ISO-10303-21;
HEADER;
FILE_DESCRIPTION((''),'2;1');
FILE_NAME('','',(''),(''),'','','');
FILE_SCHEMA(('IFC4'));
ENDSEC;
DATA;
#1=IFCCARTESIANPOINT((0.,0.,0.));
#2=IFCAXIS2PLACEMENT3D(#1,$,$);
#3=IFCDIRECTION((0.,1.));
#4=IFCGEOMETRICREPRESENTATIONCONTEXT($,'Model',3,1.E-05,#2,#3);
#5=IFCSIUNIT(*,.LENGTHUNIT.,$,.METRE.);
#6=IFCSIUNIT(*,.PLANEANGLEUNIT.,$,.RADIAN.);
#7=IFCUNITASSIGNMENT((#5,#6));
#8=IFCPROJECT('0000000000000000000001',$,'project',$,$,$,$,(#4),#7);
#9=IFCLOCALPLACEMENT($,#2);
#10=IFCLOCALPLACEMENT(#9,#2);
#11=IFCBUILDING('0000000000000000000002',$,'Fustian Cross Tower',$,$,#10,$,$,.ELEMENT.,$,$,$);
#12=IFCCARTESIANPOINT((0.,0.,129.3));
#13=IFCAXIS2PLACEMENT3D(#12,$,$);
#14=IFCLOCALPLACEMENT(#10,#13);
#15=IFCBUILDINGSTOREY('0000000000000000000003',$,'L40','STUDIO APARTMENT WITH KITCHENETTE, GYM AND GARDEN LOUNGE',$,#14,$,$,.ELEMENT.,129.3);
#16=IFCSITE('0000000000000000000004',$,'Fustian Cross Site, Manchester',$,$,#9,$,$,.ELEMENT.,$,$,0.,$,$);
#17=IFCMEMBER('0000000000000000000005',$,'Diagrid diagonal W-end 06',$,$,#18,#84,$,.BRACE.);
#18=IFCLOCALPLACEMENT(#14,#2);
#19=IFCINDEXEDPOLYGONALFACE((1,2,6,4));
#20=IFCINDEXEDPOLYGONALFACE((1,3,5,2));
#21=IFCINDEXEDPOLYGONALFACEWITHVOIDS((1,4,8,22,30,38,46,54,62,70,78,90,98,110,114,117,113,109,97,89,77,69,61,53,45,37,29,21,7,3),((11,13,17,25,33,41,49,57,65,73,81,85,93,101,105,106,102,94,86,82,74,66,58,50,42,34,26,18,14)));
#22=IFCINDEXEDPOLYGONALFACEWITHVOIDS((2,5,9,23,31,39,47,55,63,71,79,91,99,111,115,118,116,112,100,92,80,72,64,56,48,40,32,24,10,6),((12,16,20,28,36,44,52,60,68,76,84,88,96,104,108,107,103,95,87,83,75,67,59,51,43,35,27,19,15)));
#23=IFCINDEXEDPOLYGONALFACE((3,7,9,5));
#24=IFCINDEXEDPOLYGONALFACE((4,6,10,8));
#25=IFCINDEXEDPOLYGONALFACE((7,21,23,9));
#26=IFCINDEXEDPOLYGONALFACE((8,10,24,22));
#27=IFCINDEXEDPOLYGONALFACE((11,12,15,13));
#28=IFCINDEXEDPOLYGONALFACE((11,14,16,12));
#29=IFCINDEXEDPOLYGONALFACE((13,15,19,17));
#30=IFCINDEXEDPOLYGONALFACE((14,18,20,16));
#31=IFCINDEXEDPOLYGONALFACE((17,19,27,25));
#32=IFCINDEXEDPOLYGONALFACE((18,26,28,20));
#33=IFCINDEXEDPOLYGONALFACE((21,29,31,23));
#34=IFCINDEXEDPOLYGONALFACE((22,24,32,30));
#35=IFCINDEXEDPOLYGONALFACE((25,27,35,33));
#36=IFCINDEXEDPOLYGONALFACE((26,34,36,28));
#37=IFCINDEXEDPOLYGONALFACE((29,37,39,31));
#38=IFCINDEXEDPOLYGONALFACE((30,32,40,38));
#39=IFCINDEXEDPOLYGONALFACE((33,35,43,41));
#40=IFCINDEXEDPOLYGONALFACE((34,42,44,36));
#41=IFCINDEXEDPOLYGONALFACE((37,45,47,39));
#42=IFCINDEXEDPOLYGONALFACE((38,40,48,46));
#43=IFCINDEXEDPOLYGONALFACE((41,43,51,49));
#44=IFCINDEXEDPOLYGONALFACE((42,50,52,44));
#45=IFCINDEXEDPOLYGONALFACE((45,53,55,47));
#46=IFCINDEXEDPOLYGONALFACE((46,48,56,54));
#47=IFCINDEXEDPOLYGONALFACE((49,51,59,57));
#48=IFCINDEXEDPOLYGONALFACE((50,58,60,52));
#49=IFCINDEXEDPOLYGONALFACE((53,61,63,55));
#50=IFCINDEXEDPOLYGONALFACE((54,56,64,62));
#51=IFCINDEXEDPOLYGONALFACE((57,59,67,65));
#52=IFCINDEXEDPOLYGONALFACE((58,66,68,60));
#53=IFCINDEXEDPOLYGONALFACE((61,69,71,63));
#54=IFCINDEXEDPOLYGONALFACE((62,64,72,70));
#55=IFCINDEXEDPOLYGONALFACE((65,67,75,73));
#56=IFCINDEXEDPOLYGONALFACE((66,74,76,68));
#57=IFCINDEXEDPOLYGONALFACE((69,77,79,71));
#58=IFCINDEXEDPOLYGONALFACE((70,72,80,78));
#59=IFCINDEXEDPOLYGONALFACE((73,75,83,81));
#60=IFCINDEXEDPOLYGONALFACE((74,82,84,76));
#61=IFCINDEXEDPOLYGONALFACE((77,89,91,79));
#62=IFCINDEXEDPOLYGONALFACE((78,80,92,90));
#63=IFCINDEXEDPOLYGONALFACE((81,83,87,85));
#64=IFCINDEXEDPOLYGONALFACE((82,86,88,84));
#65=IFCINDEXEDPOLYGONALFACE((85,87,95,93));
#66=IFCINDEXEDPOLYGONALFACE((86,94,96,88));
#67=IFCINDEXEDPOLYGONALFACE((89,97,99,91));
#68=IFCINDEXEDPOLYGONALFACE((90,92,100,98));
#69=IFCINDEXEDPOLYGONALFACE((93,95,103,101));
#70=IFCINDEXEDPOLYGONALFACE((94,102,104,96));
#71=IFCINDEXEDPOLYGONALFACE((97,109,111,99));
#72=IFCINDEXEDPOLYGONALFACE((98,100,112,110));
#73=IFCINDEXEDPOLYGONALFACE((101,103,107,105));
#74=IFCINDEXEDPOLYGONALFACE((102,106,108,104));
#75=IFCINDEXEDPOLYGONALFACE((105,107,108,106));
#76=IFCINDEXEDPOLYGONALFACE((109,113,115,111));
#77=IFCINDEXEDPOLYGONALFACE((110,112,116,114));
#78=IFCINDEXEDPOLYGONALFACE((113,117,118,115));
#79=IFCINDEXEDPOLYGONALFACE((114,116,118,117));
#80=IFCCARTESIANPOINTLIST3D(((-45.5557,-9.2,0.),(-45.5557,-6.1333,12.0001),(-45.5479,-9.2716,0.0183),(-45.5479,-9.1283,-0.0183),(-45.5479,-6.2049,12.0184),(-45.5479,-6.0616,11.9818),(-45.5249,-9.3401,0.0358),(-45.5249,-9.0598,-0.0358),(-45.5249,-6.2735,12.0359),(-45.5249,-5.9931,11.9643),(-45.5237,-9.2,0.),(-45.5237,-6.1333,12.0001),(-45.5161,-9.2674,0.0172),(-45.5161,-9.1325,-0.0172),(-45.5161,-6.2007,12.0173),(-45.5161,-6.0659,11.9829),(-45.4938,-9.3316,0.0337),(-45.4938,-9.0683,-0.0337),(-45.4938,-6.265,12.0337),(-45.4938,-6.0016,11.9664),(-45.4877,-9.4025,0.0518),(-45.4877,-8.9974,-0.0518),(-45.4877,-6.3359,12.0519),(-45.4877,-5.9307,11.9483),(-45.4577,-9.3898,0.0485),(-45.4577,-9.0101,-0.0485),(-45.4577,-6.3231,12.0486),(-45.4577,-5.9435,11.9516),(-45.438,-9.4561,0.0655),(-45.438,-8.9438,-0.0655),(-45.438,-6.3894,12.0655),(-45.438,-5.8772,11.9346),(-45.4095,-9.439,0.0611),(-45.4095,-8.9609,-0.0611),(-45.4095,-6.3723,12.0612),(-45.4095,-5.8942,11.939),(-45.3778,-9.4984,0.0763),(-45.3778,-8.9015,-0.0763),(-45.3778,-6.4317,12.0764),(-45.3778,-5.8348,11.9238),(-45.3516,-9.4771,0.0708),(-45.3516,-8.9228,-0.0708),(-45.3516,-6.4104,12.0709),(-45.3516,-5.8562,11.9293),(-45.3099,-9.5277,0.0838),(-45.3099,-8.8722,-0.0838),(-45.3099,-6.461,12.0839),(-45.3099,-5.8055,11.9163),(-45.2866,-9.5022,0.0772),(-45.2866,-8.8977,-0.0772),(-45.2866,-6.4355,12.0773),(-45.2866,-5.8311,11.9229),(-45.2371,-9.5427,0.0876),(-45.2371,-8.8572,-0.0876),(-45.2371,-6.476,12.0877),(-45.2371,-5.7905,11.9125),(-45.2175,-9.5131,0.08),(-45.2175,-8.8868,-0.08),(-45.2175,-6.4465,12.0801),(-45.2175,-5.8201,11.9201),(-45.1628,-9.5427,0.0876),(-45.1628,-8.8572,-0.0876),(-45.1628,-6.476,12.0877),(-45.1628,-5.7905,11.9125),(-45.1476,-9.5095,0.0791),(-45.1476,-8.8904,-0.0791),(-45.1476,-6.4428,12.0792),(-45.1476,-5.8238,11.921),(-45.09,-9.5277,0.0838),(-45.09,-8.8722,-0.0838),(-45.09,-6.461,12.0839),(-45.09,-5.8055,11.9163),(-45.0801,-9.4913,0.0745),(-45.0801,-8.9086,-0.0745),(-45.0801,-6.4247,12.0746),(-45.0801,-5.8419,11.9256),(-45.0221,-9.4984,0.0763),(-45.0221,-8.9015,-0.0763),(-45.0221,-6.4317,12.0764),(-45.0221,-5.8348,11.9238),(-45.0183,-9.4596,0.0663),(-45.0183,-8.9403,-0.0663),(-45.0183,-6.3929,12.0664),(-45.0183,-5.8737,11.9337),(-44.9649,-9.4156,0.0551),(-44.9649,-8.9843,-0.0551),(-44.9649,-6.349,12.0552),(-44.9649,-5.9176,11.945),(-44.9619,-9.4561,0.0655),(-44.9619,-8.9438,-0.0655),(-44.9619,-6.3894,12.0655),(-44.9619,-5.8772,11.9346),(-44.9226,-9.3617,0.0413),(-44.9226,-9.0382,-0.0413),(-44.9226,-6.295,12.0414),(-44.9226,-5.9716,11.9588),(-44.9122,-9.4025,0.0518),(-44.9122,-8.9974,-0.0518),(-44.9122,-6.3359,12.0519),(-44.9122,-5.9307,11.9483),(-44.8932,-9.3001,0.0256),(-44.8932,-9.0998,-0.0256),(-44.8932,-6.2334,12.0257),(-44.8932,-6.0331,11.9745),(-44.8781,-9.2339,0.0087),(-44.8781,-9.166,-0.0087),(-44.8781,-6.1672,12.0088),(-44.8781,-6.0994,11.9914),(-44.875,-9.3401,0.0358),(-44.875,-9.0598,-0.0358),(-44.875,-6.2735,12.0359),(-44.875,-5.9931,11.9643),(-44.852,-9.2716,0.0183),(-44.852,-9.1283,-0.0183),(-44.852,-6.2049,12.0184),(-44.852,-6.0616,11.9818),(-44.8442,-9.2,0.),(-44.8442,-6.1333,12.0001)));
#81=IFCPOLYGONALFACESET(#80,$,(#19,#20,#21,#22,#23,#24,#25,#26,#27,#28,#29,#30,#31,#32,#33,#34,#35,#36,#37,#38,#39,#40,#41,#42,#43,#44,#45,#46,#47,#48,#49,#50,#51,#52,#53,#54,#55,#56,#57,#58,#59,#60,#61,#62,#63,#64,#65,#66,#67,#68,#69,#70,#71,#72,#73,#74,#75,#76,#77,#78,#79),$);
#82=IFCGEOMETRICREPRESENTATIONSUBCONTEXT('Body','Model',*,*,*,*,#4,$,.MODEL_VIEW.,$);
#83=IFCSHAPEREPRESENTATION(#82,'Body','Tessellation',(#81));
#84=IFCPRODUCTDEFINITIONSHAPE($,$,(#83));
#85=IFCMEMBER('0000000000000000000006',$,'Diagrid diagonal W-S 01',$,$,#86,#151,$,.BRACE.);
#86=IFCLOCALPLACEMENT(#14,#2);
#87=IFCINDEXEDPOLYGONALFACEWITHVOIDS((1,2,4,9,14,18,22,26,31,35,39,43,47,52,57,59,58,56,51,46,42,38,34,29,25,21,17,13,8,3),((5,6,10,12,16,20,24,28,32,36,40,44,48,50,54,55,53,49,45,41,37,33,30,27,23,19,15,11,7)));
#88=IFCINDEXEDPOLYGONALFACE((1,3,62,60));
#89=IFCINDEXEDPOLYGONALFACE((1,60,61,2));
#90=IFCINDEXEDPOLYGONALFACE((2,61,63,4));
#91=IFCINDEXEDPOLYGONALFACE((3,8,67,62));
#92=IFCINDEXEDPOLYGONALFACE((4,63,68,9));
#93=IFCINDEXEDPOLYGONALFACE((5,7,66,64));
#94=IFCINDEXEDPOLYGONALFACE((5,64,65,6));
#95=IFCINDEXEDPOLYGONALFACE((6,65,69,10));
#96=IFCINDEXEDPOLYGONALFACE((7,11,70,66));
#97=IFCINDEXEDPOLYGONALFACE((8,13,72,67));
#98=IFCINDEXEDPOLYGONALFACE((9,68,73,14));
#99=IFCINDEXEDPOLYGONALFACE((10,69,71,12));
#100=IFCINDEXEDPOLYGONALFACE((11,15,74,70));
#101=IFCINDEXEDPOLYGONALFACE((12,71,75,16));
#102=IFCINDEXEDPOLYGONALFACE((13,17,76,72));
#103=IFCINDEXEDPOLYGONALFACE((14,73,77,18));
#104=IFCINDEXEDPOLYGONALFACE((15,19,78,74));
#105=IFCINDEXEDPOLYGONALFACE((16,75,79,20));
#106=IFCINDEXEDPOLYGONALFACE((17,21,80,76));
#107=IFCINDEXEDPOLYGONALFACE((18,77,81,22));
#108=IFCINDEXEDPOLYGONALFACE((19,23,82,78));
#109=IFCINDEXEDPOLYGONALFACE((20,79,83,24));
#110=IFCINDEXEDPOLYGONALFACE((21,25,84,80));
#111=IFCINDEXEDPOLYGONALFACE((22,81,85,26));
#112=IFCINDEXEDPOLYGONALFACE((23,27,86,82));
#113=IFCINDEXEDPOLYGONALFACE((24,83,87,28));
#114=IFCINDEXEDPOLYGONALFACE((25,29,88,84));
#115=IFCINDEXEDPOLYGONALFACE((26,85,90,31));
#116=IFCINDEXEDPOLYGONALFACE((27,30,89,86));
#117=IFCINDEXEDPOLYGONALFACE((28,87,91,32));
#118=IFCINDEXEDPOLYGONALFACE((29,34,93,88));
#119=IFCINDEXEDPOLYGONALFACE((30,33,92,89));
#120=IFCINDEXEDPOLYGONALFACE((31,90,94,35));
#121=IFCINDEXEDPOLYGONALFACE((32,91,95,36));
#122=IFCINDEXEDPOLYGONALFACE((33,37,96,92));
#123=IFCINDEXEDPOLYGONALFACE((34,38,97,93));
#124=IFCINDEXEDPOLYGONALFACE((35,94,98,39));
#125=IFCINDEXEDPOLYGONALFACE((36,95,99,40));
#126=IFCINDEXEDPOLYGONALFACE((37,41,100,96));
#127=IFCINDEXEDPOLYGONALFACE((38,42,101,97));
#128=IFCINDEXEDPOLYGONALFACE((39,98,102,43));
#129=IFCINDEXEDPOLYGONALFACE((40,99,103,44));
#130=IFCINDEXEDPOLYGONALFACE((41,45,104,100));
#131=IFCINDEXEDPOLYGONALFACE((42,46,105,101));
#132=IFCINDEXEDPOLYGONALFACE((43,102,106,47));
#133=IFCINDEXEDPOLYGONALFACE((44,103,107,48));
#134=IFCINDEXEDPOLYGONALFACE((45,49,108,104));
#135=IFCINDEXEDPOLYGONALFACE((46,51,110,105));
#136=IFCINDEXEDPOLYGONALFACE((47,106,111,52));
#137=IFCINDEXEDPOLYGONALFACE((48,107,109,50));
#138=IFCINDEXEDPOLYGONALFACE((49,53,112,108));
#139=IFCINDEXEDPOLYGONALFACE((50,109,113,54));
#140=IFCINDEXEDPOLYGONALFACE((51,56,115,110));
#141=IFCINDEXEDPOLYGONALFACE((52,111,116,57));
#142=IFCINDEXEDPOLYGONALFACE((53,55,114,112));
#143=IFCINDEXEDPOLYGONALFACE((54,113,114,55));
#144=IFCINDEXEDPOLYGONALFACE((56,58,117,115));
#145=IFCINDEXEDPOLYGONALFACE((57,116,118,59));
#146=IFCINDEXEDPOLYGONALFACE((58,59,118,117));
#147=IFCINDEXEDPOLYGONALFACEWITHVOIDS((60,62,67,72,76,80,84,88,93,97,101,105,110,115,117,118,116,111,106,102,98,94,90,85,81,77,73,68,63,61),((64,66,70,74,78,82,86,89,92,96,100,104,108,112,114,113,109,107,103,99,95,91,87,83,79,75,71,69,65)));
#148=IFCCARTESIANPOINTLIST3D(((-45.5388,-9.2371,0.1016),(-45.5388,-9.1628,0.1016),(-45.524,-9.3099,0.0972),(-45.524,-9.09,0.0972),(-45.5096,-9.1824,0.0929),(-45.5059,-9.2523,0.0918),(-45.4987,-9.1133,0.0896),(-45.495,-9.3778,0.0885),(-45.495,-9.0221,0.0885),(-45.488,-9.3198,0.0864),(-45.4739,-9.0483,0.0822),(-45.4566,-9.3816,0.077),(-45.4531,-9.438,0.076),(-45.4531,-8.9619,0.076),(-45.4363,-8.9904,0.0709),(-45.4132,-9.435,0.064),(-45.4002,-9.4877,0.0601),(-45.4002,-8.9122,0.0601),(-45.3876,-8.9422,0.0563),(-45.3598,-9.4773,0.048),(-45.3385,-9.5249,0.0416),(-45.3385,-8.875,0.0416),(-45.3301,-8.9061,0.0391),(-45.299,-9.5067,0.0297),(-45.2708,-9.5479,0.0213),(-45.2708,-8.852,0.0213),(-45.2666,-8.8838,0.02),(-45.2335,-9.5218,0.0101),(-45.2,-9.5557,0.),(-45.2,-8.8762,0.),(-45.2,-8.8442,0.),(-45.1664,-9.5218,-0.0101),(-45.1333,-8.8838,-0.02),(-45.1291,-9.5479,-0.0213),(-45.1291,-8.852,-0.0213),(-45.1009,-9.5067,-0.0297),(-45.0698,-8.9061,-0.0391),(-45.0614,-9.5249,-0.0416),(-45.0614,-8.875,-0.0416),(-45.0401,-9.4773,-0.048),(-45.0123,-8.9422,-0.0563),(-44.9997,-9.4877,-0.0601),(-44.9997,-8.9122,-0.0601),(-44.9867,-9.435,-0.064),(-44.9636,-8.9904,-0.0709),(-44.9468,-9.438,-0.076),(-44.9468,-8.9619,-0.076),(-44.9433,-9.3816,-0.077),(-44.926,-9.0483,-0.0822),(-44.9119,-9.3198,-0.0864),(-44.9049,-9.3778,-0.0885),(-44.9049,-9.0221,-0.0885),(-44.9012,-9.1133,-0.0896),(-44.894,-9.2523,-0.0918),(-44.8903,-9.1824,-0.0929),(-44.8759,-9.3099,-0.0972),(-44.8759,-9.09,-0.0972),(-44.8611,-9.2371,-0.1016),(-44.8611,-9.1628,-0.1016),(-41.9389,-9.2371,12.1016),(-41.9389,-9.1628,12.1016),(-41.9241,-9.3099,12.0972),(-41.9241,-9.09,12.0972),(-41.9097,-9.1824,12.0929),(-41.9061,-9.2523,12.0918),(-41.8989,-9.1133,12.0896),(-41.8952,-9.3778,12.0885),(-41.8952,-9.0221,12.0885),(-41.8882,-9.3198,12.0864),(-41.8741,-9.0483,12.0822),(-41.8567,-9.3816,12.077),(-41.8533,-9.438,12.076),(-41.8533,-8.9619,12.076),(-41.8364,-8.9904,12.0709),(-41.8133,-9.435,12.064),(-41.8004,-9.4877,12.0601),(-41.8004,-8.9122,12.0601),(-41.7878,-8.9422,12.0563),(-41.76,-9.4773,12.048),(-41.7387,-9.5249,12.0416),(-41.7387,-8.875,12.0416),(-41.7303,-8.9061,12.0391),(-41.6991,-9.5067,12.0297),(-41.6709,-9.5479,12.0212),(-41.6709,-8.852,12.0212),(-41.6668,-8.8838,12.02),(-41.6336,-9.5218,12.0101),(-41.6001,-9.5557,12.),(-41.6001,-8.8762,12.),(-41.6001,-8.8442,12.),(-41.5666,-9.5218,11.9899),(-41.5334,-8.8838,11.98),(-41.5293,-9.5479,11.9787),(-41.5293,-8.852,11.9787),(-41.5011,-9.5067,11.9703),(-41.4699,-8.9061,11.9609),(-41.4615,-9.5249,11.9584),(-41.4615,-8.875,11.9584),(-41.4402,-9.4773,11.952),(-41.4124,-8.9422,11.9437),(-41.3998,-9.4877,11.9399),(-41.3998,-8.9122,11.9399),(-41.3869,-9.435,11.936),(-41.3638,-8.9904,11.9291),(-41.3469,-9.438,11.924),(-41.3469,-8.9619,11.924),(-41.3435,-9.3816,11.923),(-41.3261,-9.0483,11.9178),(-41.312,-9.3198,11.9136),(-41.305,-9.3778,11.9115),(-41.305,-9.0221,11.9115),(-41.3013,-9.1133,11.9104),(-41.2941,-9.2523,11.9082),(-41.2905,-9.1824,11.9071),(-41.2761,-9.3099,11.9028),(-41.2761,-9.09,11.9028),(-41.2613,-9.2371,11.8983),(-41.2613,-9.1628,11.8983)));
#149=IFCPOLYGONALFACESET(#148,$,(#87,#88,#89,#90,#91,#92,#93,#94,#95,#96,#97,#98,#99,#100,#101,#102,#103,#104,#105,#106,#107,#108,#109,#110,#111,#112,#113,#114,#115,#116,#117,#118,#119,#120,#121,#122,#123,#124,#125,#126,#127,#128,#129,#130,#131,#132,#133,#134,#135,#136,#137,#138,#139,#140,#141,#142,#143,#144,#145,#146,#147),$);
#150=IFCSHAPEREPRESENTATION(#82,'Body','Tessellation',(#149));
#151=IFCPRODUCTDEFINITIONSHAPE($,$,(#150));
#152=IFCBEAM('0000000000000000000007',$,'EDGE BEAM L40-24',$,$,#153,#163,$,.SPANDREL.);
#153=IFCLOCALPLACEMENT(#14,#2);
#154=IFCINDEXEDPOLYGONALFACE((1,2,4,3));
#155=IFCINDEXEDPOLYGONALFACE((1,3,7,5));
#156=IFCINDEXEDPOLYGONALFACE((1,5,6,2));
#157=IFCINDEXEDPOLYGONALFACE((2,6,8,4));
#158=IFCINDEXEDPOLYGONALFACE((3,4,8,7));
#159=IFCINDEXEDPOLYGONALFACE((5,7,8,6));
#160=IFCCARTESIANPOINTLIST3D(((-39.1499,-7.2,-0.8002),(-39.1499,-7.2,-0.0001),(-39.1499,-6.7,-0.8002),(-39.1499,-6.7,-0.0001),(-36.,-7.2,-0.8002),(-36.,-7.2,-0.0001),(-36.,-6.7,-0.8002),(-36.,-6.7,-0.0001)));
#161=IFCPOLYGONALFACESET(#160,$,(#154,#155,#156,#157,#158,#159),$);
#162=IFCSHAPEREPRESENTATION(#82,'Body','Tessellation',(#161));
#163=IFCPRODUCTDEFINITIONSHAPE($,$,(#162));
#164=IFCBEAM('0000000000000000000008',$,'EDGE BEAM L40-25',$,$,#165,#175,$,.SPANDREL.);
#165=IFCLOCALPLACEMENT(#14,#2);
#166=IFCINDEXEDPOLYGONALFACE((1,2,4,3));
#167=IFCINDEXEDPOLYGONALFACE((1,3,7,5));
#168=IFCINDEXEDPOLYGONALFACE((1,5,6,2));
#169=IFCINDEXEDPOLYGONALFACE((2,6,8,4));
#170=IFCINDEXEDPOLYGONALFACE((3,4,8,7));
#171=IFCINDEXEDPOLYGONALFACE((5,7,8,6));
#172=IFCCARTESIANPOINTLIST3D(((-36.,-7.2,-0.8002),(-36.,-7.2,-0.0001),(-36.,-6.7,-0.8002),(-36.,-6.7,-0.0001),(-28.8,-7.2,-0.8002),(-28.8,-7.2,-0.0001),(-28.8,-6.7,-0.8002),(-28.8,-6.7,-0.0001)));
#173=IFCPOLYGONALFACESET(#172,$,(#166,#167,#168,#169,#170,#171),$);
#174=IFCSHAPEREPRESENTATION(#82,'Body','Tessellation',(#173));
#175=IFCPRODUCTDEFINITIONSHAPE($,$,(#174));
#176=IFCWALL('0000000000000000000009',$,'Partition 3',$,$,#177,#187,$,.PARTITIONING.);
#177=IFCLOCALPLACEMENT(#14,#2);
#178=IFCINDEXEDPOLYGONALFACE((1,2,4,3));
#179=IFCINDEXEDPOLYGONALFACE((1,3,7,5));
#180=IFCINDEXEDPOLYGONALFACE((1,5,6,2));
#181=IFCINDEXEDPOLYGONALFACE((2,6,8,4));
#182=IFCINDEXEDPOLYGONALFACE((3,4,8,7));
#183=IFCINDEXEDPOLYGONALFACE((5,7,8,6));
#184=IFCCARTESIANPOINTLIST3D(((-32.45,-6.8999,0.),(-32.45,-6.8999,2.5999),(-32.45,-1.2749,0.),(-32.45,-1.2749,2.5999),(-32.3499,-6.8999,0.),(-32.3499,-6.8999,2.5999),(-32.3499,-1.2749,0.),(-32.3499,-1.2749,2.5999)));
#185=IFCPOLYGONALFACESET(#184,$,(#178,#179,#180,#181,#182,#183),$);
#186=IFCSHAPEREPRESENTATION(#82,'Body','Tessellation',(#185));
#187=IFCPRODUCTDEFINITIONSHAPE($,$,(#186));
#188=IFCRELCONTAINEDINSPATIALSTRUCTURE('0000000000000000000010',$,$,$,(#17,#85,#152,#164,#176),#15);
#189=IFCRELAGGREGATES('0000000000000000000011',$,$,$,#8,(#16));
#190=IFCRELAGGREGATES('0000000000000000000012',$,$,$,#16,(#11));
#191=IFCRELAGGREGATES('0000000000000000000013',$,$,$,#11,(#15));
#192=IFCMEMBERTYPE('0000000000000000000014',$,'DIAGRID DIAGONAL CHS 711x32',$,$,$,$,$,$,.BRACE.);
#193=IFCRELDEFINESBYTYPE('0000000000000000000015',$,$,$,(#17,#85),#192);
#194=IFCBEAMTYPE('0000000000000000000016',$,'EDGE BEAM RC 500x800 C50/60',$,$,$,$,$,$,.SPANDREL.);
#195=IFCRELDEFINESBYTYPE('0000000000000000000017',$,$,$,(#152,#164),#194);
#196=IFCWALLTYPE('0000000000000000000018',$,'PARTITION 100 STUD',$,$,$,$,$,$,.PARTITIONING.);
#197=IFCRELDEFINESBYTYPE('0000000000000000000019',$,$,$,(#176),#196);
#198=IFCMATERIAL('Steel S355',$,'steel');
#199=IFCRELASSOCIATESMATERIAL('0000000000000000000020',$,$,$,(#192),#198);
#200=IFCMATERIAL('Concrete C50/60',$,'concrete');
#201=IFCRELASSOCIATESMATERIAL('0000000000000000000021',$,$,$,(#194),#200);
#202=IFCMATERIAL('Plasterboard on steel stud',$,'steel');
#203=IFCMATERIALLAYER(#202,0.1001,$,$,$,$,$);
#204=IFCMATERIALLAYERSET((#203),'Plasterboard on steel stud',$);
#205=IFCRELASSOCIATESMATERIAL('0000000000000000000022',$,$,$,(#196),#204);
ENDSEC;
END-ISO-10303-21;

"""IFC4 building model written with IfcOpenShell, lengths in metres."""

from ifc_helpers import new_model, si_unit, direction, frame, frame_2d, origin, origin_2d, place, context, subcontext, project, spatial, rectangle, hollow_circle, extrude, material, layer, layer_set, material_profile, profile_set, type_object, element, save


model = new_model("IFC4")

# Units and contexts
model_context = context("Model", 3, precision=1e-05, world=origin(), true_north=direction((0.0, 1.0)))
body_context = subcontext(model_context, "Body", "Model", "MODEL_VIEW")
ifc_project = project(units=[si_unit("LENGTHUNIT", "METRE"), si_unit("PLANEANGLEUNIT", "RADIAN")], contexts=[model_context])

# Site, building, storey
site_placement = place(None, origin())
site = spatial("IfcSite", under=ifc_project, at=site_placement, Name="Fustian Cross Site, Manchester", CompositionType="ELEMENT", RefElevation=0.0)
building_placement = place(site_placement, origin())
building = spatial("IfcBuilding", under=site, at=building_placement, Name="Fustian Cross Tower", CompositionType="ELEMENT")
storey_placement = place(building_placement, frame((0.0, 0.0, 129.3)))
storey = spatial("IfcBuildingStorey", under=building, at=storey_placement, Name="L40", Description="STUDIO APARTMENT WITH KITCHENETTE, GYM AND GARDEN LOUNGE", CompositionType="ELEMENT", Elevation=129.3)

# Members
ifc_material_1 = material(Name="Steel S355", Category="steel")
ifc_material_profile_1 = material_profile(ifc_material_1, hollow_circle(Radius=0.3557, WallThickness=0.032, at=origin_2d()), Name="CHS 711x32")
ifc_profile_set_1 = profile_set([ifc_material_profile_1], Name="Steel S355")
member_type_1 = type_object("IfcMemberType", Name="DIAGRID DIAGONAL CHS 711x32", PredefinedType="BRACE", material=ifc_profile_set_1)
for number, where, z_axis, x_axis, name in (
    (1, (-45.2, -9.2, 0.0), (0.0, 0.247597, 0.968863), (-1.0, 0.0, 0.0), "Diagrid diagonal W-end 06"),
):
    element("IfcMember", number, at=place(storey_placement, frame(where, z_axis=z_axis, x_axis=x_axis)), inside=storey, type_object=member_type_1, Name=name, PredefinedType="BRACE", context=body_context, shape_type="SweptSolid", body=[
        extrude(hollow_circle(Radius=0.3557, WallThickness=0.032, at=origin_2d()), origin(), (0.0, 0.0, 1.0), 12.3857),
    ])
member_placement = place(storey_placement, frame((-45.2, -9.2, 0.0), z_axis=(0.287337, 0.0, 0.95783), x_axis=(0.0, 1.0, 0.0)))
element("IfcMember", 2, at=member_placement, inside=storey, type_object=member_type_1, Name="Diagrid diagonal W-S 01", PredefinedType="BRACE", context=body_context, shape_type="SweptSolid", body=[
    extrude(hollow_circle(Radius=0.3557, WallThickness=0.032, at=origin_2d()), origin(), (0.0, 0.0, 1.0), 12.5283),
])

# Beams
ifc_material_2 = material(Name="Concrete C50/60", Category="concrete")
ifc_material_profile_2 = material_profile(ifc_material_2, rectangle(XDim=0.5, YDim=0.8, at=origin_2d()), Name="RC 500x800")
ifc_profile_set_2 = profile_set([ifc_material_profile_2], Name="Concrete C50/60")
beam_type = type_object("IfcBeamType", Name="EDGE BEAM RC 500x800 C50/60", PredefinedType="SPANDREL", material=ifc_profile_set_2)
beam_1_placement = place(storey_placement, frame((-39.1499, -6.95, -0.4001), z_axis=(1.0, 0.0, 0.0), x_axis=(0.0, 1.0, 0.0)))
element("IfcBeam", 3, at=beam_1_placement, inside=storey, type_object=beam_type, Name="EDGE BEAM L40-24", PredefinedType="SPANDREL", context=body_context, shape_type="SweptSolid", body=[
    extrude(rectangle(XDim=0.5, YDim=0.8, at=origin_2d()), origin(), (0.0, 0.0, 1.0), 3.1499),
])
beam_2_placement = place(storey_placement, frame((-36.0, -6.95, -0.4001), z_axis=(1.0, 0.0, 0.0), x_axis=(0.0, 1.0, 0.0)))
element("IfcBeam", 4, at=beam_2_placement, inside=storey, type_object=beam_type, Name="EDGE BEAM L40-25", PredefinedType="SPANDREL", context=body_context, shape_type="SweptSolid", body=[
    extrude(rectangle(XDim=0.5, YDim=0.8, at=origin_2d()), origin(), (0.0, 0.0, 1.0), 7.2),
])

# Wall
ifc_material_3 = material(Name="Plasterboard on steel stud", Category="steel")
ifc_layer_1 = layer(ifc_material_3, 0.1001)
ifc_layer_set_1 = layer_set([ifc_layer_1], Name="Plasterboard on steel stud")
wall_type_1 = type_object("IfcWallType", Name="PARTITION 100 STUD", PredefinedType="PARTITIONING", material=ifc_layer_set_1)
wall_1_placement = place(storey_placement, frame((-32.3999, -6.8999, 0.0), z_axis=(0.0, 0.0, 1.0), x_axis=(0.0, 1.0, 0.0)))
element("IfcWall", 5, at=wall_1_placement, inside=storey, type_object=wall_type_1, Name="Partition 3", PredefinedType="PARTITIONING", context=body_context, shape_type="SweptSolid", body=[
    extrude(rectangle(XDim=5.625, YDim=0.1001, at=frame_2d((2.8125, 0.0))), origin(), (0.0, 0.0, 1.0), 2.5999),
])

save(model, "model.ifc")
